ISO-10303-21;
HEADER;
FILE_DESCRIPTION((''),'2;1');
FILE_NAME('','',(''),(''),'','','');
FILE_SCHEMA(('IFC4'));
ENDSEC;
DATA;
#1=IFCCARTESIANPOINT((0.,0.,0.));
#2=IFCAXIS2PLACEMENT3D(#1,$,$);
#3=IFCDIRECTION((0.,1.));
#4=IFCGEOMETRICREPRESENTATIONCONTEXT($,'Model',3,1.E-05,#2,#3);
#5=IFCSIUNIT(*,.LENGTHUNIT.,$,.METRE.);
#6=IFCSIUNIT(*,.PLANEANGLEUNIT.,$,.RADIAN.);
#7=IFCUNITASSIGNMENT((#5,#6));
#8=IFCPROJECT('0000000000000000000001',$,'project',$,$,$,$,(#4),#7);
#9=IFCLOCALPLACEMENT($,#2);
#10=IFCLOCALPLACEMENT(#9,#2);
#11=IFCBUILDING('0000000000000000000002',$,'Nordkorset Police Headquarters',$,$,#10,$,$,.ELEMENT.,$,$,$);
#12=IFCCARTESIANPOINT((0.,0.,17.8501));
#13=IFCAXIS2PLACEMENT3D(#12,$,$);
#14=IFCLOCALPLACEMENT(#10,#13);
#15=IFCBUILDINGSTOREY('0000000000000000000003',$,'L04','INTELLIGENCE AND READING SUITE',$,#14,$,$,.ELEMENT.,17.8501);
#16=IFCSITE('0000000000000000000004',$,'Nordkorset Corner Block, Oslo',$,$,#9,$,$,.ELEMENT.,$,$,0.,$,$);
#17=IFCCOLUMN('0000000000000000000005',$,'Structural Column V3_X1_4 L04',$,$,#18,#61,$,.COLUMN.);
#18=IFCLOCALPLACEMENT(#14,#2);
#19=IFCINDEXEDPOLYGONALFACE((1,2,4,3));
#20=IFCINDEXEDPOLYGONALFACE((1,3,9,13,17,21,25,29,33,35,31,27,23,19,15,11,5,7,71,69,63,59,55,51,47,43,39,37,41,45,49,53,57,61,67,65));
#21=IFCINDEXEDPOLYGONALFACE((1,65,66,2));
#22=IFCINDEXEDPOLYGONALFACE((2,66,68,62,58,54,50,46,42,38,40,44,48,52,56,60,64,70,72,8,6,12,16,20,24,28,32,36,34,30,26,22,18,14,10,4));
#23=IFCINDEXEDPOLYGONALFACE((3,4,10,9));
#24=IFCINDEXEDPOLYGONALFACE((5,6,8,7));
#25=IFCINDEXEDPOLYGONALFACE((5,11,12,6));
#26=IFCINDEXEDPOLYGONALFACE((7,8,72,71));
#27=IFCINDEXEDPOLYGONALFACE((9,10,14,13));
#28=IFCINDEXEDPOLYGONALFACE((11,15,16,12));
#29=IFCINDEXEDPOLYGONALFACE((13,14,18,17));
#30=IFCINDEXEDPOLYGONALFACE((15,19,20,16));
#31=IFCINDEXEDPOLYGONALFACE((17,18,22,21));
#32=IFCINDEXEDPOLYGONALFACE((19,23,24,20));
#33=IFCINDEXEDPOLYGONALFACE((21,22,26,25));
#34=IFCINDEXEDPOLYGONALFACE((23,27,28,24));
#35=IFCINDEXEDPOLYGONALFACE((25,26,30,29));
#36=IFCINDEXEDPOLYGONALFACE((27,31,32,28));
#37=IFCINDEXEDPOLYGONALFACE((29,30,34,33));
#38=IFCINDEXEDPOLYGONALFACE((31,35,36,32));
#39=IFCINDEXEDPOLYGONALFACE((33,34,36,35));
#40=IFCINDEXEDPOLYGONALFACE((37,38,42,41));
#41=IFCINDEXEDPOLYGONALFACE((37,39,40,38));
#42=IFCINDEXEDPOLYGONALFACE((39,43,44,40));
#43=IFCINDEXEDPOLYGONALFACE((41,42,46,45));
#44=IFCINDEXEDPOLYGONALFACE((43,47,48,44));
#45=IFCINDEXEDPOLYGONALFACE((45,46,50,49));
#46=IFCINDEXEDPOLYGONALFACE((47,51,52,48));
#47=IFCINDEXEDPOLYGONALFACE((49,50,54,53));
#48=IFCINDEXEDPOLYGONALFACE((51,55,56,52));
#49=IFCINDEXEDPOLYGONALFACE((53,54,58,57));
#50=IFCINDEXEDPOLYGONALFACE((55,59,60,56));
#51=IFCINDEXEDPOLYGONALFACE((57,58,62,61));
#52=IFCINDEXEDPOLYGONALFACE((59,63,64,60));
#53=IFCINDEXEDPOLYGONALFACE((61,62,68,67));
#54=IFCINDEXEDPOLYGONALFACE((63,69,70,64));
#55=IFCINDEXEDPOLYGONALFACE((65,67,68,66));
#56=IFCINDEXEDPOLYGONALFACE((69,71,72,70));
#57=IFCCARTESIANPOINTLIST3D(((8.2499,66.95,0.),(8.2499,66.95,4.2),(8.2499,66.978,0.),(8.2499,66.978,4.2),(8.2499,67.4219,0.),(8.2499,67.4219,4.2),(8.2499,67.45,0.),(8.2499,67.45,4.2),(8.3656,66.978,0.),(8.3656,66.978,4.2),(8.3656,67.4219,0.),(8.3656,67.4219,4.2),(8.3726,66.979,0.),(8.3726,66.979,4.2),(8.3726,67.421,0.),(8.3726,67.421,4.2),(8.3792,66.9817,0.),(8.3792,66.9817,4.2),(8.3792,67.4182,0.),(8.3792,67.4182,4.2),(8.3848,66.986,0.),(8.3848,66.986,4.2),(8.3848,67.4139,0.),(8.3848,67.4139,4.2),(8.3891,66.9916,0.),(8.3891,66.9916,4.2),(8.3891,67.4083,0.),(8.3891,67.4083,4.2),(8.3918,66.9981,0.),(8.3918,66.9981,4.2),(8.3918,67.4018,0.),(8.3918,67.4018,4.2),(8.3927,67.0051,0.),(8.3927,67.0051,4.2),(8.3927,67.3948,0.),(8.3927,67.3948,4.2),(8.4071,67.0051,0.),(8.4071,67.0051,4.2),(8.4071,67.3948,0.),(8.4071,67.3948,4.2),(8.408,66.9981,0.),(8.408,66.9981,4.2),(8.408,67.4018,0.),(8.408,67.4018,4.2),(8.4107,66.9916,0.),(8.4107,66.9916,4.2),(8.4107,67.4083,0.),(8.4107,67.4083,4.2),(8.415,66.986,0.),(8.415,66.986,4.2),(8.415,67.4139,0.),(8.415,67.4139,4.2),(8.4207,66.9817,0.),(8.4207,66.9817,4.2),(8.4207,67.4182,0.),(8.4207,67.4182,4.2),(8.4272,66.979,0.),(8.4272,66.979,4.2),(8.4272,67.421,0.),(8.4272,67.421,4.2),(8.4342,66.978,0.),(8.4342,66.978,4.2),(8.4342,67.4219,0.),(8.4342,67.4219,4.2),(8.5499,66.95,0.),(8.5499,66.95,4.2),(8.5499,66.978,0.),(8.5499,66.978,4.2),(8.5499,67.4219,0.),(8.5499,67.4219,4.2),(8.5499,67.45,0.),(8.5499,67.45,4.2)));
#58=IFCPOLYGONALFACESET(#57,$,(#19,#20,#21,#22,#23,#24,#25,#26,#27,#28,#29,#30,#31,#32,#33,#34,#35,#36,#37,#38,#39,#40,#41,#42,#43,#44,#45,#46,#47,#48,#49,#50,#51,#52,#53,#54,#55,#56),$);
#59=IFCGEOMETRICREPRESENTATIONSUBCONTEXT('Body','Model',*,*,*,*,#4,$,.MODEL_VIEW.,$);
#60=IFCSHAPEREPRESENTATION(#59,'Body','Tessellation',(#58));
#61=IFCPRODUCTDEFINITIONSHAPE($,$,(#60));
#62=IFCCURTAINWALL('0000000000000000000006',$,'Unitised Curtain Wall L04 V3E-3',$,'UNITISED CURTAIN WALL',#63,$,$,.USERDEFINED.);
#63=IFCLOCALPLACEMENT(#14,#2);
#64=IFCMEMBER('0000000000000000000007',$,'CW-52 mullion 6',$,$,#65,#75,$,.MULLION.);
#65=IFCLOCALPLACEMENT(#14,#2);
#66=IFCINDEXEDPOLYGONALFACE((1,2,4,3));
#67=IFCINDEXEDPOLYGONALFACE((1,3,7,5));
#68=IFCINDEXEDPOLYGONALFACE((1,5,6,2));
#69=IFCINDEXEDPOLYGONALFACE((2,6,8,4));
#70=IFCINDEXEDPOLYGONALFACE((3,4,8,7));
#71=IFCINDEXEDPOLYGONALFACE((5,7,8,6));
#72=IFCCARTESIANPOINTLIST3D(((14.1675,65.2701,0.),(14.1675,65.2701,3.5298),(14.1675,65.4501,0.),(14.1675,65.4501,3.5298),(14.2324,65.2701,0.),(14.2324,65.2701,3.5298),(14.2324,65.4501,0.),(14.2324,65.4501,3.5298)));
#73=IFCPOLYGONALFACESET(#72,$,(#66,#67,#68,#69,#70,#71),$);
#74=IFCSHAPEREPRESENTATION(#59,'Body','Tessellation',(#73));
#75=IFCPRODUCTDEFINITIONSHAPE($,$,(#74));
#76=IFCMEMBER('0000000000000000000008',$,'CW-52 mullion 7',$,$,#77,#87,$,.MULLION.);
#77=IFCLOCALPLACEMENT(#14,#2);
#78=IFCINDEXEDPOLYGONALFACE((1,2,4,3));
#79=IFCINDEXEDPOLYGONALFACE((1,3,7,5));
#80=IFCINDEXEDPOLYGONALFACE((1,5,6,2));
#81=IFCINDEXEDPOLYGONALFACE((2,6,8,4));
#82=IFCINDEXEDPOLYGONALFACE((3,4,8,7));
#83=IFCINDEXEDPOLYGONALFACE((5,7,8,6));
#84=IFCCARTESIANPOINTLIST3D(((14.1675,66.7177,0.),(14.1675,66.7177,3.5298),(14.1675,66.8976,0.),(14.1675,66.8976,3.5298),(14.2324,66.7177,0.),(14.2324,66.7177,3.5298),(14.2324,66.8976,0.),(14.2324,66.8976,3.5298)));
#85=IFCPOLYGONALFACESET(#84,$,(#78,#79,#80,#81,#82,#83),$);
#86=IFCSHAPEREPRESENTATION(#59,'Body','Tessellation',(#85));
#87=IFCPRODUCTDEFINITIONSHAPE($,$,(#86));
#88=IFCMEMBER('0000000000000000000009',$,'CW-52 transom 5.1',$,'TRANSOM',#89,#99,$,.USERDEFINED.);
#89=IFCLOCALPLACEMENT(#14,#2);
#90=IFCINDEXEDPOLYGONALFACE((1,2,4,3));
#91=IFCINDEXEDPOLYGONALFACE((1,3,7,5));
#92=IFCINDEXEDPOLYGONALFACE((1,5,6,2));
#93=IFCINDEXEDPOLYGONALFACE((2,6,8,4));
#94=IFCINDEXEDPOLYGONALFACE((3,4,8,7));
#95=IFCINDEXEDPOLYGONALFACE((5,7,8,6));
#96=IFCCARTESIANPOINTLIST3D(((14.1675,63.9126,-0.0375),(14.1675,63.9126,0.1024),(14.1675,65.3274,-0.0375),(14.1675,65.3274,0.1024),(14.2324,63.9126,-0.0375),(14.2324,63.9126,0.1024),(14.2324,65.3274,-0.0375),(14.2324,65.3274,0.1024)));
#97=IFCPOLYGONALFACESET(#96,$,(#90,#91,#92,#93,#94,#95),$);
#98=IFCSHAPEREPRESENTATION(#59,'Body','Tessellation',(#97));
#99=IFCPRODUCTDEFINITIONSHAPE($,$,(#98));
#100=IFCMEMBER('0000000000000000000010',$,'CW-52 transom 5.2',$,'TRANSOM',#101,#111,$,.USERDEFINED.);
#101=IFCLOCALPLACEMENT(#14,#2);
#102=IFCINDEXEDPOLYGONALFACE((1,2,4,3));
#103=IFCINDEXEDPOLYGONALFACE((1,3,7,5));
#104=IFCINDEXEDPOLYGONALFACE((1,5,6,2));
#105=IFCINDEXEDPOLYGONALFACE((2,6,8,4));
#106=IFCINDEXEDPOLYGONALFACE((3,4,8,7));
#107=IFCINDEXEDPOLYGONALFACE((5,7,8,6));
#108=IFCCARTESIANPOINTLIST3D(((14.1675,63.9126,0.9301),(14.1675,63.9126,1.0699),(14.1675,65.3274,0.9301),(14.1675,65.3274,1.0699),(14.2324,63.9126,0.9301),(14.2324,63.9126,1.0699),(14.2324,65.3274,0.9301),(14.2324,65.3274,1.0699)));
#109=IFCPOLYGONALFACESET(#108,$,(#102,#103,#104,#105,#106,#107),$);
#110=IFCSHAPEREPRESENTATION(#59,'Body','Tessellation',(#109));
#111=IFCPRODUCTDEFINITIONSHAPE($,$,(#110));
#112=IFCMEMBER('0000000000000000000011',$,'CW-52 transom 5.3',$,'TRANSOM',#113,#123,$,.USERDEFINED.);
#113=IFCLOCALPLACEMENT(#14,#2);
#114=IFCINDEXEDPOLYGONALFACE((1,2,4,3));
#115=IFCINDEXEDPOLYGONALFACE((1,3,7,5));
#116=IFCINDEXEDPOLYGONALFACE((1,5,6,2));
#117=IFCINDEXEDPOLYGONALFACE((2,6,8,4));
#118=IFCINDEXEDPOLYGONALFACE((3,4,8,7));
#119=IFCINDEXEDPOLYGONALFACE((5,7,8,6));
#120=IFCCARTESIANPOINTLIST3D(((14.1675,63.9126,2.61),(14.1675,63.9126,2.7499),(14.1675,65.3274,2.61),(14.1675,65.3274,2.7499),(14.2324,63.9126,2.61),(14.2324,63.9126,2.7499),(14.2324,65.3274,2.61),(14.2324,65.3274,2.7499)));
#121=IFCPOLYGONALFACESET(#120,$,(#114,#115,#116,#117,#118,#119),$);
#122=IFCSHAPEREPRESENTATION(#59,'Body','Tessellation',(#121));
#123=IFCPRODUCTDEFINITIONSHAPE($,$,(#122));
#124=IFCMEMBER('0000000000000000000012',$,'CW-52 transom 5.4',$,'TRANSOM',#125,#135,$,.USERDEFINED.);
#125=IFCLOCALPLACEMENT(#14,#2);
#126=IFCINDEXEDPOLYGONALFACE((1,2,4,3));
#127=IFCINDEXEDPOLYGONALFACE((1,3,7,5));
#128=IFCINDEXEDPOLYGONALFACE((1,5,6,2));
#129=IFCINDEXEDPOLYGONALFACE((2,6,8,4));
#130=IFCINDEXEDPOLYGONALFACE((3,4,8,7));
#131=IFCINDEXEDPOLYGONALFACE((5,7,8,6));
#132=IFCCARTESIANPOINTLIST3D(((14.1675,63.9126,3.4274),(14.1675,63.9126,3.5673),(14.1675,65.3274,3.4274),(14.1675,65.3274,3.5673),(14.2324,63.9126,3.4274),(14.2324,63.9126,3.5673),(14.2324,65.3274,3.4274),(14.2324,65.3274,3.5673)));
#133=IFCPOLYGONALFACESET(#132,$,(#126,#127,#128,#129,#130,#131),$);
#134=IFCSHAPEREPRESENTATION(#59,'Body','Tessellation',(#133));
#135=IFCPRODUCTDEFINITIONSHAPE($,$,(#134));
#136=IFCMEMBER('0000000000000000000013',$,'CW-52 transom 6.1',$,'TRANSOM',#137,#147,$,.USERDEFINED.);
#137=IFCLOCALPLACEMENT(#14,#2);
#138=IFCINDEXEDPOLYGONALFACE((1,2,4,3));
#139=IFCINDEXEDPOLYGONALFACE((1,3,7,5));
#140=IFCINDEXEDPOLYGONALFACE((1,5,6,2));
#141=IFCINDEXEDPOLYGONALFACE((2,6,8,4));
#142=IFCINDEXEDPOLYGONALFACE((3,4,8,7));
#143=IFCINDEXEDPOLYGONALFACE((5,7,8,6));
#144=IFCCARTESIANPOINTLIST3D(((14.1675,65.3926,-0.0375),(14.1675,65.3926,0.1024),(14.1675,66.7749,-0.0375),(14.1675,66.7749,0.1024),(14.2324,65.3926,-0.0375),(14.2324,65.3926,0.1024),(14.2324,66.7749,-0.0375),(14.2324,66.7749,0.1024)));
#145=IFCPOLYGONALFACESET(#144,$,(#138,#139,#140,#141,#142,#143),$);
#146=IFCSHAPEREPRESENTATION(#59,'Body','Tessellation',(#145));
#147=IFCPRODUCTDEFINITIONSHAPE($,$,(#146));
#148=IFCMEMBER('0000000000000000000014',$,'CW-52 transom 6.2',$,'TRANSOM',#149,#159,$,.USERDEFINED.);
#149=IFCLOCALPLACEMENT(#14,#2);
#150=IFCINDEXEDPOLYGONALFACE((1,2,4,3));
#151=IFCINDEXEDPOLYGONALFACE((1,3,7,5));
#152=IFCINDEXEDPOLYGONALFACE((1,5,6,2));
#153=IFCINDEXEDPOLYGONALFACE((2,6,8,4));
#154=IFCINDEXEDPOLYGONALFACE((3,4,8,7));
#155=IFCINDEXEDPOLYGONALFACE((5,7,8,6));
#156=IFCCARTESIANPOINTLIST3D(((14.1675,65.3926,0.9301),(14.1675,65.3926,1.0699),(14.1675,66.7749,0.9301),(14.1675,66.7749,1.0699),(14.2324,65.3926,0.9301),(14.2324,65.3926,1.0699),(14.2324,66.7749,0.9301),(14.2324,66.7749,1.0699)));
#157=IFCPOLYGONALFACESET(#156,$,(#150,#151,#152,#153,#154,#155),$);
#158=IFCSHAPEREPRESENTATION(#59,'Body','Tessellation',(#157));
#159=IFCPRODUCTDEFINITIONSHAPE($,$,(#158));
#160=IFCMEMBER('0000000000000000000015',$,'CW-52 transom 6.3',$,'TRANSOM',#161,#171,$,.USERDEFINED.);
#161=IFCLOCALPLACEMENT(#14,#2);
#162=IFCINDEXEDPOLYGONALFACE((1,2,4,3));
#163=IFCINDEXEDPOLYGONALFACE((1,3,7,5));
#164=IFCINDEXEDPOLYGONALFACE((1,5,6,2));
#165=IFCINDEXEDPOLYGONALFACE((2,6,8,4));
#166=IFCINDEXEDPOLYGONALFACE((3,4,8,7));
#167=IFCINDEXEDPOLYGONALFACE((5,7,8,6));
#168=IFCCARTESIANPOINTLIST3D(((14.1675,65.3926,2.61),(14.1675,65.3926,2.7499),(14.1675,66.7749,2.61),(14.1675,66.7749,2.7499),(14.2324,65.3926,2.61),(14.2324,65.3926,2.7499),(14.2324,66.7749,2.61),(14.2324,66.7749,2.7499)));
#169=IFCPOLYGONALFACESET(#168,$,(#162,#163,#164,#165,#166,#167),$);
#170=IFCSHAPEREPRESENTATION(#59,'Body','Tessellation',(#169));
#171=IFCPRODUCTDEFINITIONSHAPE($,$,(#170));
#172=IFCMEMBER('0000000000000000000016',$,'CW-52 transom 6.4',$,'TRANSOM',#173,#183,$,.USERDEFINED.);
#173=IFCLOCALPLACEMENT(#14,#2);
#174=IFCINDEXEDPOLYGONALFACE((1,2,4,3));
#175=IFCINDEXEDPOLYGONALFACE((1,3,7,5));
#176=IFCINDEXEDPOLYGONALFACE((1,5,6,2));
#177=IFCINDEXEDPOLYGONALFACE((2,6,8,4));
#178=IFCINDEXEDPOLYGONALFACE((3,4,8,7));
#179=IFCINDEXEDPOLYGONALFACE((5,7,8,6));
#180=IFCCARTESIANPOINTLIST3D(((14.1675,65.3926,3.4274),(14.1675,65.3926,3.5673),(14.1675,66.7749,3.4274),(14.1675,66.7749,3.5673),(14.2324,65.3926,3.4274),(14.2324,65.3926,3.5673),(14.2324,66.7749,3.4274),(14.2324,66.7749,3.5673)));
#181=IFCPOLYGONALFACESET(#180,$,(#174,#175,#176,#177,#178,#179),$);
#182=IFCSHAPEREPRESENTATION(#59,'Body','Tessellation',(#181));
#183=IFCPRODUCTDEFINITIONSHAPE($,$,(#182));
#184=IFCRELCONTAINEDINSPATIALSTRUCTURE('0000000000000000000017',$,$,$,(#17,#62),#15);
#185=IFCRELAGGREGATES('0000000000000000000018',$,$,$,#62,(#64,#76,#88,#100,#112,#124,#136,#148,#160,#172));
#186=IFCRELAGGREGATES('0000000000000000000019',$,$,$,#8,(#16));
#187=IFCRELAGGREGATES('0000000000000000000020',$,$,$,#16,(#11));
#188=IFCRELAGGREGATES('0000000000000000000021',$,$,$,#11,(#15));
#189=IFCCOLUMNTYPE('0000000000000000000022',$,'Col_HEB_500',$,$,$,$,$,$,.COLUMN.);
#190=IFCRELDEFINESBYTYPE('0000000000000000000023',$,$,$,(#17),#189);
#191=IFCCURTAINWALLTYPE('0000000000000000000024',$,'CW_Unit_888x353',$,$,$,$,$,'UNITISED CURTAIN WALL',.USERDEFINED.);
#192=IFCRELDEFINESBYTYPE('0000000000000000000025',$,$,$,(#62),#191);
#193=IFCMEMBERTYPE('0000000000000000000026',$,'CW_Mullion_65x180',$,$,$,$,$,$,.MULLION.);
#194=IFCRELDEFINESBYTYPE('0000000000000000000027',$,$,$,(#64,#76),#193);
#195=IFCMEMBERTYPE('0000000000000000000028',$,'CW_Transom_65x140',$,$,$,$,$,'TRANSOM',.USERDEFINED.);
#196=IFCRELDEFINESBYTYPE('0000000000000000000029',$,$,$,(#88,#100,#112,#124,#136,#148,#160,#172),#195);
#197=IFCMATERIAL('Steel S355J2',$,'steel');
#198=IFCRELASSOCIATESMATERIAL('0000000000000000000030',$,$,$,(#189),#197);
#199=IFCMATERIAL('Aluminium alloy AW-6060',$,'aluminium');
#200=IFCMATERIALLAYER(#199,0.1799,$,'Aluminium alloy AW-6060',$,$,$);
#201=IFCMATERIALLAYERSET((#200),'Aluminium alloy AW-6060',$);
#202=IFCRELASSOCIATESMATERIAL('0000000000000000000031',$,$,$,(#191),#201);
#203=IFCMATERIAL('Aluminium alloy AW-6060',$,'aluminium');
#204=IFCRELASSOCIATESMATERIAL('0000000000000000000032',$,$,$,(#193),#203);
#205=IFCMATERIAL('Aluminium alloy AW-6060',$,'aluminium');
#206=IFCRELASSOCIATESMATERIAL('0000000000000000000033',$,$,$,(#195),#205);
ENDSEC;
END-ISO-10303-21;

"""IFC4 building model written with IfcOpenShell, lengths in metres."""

from ifc_helpers import new_model, si_unit, direction, frame, origin, origin_2d, place, context, subcontext, project, spatial, rectangle, i_section, extrude, material, layer, layer_set, material_profile, profile_set, type_object, element, aggregate, save


model = new_model("IFC4")

# Units and contexts
model_context = context("Model", 3, precision=1e-05, world=origin(), true_north=direction((0.0, 1.0)))
body_context = subcontext(model_context, "Body", "Model", "MODEL_VIEW")
ifc_project = project(units=[si_unit("LENGTHUNIT", "METRE"), si_unit("PLANEANGLEUNIT", "RADIAN")], contexts=[model_context])

# Site, building, storey
site_placement = place(None, origin())
site = spatial("IfcSite", under=ifc_project, at=site_placement, Name="Nordkorset Corner Block, Oslo", CompositionType="ELEMENT", RefElevation=0.0)
building_placement = place(site_placement, origin())
building = spatial("IfcBuilding", under=site, at=building_placement, Name="Nordkorset Police Headquarters", CompositionType="ELEMENT")
storey_placement = place(building_placement, frame((0.0, 0.0, 17.8501)))
storey = spatial("IfcBuildingStorey", under=building, at=storey_placement, Name="L04", Description="INTELLIGENCE AND READING SUITE", CompositionType="ELEMENT", Elevation=17.8501)

# Column
ifc_material_1 = material(Name="Steel S355J2", Category="steel")
ifc_material_profile_1 = material_profile(ifc_material_1, i_section(OverallWidth=0.3, OverallDepth=0.5, WebThickness=0.0144, FlangeThickness=0.0281, FilletRadius=0.0271, at=origin_2d()), Name="HEB 500")
ifc_profile_set_1 = profile_set([ifc_material_profile_1], Name="Steel S355J2")
column_type = type_object("IfcColumnType", Name="Col_HEB_500", PredefinedType="COLUMN", material=ifc_profile_set_1)
column_placement = place(storey_placement, frame((8.3999, 67.2, 0.0), z_axis=(0.0, 0.0, 1.0), x_axis=(1.0, 0.0, 0.0)))
element("IfcColumn", 1, at=column_placement, inside=storey, type_object=column_type, Name="Structural Column V3_X1_4 L04", PredefinedType="COLUMN", context=body_context, shape_type="SweptSolid", body=[
    extrude(i_section(OverallWidth=0.3, OverallDepth=0.5, WebThickness=0.0144, FlangeThickness=0.0281, FilletRadius=0.0271, at=origin_2d()), origin(), (0.0, 0.0, 1.0), 4.2),
])

# Curtain wall, members
ifc_material_2 = material(Name="Aluminium alloy AW-6060", Category="aluminium")
ifc_layer_1 = layer(ifc_material_2, 0.1799, Name="Aluminium alloy AW-6060")
ifc_layer_set_1 = layer_set([ifc_layer_1], Name="Aluminium alloy AW-6060")
curtain_wall_type = type_object("IfcCurtainWallType", Name="CW_Unit_888x353", ElementType="UNITISED CURTAIN WALL", PredefinedType="USERDEFINED", material=ifc_layer_set_1)
curtain_wall_placement = place(storey_placement, origin())
curtain_wall = element("IfcCurtainWall", 2, at=curtain_wall_placement, inside=storey, type_object=curtain_wall_type, Name="Unitised Curtain Wall L04 V3E-3", ObjectType="UNITISED CURTAIN WALL", PredefinedType="USERDEFINED")
ifc_material_3 = material(Name="Aluminium alloy AW-6060", Category="aluminium")
ifc_material_profile_2 = material_profile(ifc_material_3, rectangle(XDim=0.0649, YDim=0.1799, at=origin_2d()), Name="ALU MULL 65x180")
ifc_profile_set_2 = profile_set([ifc_material_profile_2], Name="Aluminium alloy AW-6060")
member_type_1 = type_object("IfcMemberType", Name="CW_Mullion_65x180", PredefinedType="MULLION", material=ifc_profile_set_2)
member_1_placement = place(storey_placement, frame((14.2, 65.3601, 0.0), z_axis=(0.0, 0.0, 1.0), x_axis=(-1.0, 0.0, 0.0)))
member_1 = element("IfcMember", 3, at=member_1_placement, type_object=member_type_1, Name="CW-52 mullion 6", PredefinedType="MULLION", context=body_context, shape_type="SweptSolid", body=[
    extrude(rectangle(XDim=0.0649, YDim=0.1799, at=origin_2d()), origin(), (0.0, 0.0, 1.0), 3.5298),
])
member_2_placement = place(storey_placement, frame((14.2, 66.8076, 0.0), z_axis=(0.0, 0.0, 1.0), x_axis=(-1.0, 0.0, 0.0)))
member_2 = element("IfcMember", 4, at=member_2_placement, type_object=member_type_1, Name="CW-52 mullion 7", PredefinedType="MULLION", context=body_context, shape_type="SweptSolid", body=[
    extrude(rectangle(XDim=0.0649, YDim=0.1799, at=origin_2d()), origin(), (0.0, 0.0, 1.0), 3.5298),
])
ifc_material_4 = material(Name="Aluminium alloy AW-6060", Category="aluminium")
ifc_material_profile_3 = material_profile(ifc_material_4, rectangle(XDim=0.0649, YDim=0.1399, at=origin_2d()), Name="ALU TRAN 65x140")
ifc_profile_set_3 = profile_set([ifc_material_profile_3], Name="Aluminium alloy AW-6060")
member_type_2 = type_object("IfcMemberType", Name="CW_Transom_65x140", ElementType="TRANSOM", PredefinedType="USERDEFINED", material=ifc_profile_set_3)
member_3_placement = place(storey_placement, frame((14.2, 63.9126, 0.0325), z_axis=(0.0, 1.0, 0.0), x_axis=(-1.0, 0.0, 0.0)))
member_3 = element("IfcMember", 5, at=member_3_placement, type_object=member_type_2, Name="CW-52 transom 5.1", ObjectType="TRANSOM", PredefinedType="USERDEFINED", context=body_context, shape_type="SweptSolid", body=[
    extrude(rectangle(XDim=0.0649, YDim=0.1399, at=origin_2d()), origin(), (0.0, 0.0, 1.0), 1.4148),
])
member_4_placement = place(storey_placement, frame((14.2, 63.9126, 1.0), z_axis=(0.0, 1.0, 0.0), x_axis=(-1.0, 0.0, 0.0)))
member_4 = element("IfcMember", 6, at=member_4_placement, type_object=member_type_2, Name="CW-52 transom 5.2", ObjectType="TRANSOM", PredefinedType="USERDEFINED", context=body_context, shape_type="SweptSolid", body=[
    extrude(rectangle(XDim=0.0649, YDim=0.1399, at=origin_2d()), origin(), (0.0, 0.0, 1.0), 1.4148),
])
member_5_placement = place(storey_placement, frame((14.2, 63.9126, 2.6799), z_axis=(0.0, 1.0, 0.0), x_axis=(-1.0, 0.0, 0.0)))
member_5 = element("IfcMember", 7, at=member_5_placement, type_object=member_type_2, Name="CW-52 transom 5.3", ObjectType="TRANSOM", PredefinedType="USERDEFINED", context=body_context, shape_type="SweptSolid", body=[
    extrude(rectangle(XDim=0.0649, YDim=0.1399, at=origin_2d()), origin(), (0.0, 0.0, 1.0), 1.4148),
])
member_6_placement = place(storey_placement, frame((14.2, 63.9126, 3.4973), z_axis=(0.0, 1.0, 0.0), x_axis=(-1.0, 0.0, 0.0)))
member_6 = element("IfcMember", 8, at=member_6_placement, type_object=member_type_2, Name="CW-52 transom 5.4", ObjectType="TRANSOM", PredefinedType="USERDEFINED", context=body_context, shape_type="SweptSolid", body=[
    extrude(rectangle(XDim=0.0649, YDim=0.1399, at=origin_2d()), origin(), (0.0, 0.0, 1.0), 1.4148),
])
member_7_placement = place(storey_placement, frame((14.2, 65.3926, 0.0325), z_axis=(0.0, 1.0, 0.0), x_axis=(-1.0, 0.0, 0.0)))
member_7 = element("IfcMember", 9, at=member_7_placement, type_object=member_type_2, Name="CW-52 transom 6.1", ObjectType="TRANSOM", PredefinedType="USERDEFINED", context=body_context, shape_type="SweptSolid", body=[
    extrude(rectangle(XDim=0.0649, YDim=0.1399, at=origin_2d()), origin(), (0.0, 0.0, 1.0), 1.3823),
])
member_8_placement = place(storey_placement, frame((14.2, 65.3926, 1.0), z_axis=(0.0, 1.0, 0.0), x_axis=(-1.0, 0.0, 0.0)))
member_8 = element("IfcMember", 10, at=member_8_placement, type_object=member_type_2, Name="CW-52 transom 6.2", ObjectType="TRANSOM", PredefinedType="USERDEFINED", context=body_context, shape_type="SweptSolid", body=[
    extrude(rectangle(XDim=0.0649, YDim=0.1399, at=origin_2d()), origin(), (0.0, 0.0, 1.0), 1.3823),
])
member_9_placement = place(storey_placement, frame((14.2, 65.3926, 2.6799), z_axis=(0.0, 1.0, 0.0), x_axis=(-1.0, 0.0, 0.0)))
member_9 = element("IfcMember", 11, at=member_9_placement, type_object=member_type_2, Name="CW-52 transom 6.3", ObjectType="TRANSOM", PredefinedType="USERDEFINED", context=body_context, shape_type="SweptSolid", body=[
    extrude(rectangle(XDim=0.0649, YDim=0.1399, at=origin_2d()), origin(), (0.0, 0.0, 1.0), 1.3823),
])
member_10_placement = place(storey_placement, frame((14.2, 65.3926, 3.4973), z_axis=(0.0, 1.0, 0.0), x_axis=(-1.0, 0.0, 0.0)))
member_10 = element("IfcMember", 12, at=member_10_placement, type_object=member_type_2, Name="CW-52 transom 6.4", ObjectType="TRANSOM", PredefinedType="USERDEFINED", context=body_context, shape_type="SweptSolid", body=[
    extrude(rectangle(XDim=0.0649, YDim=0.1399, at=origin_2d()), origin(), (0.0, 0.0, 1.0), 1.3823),
])

aggregate(curtain_wall, [member_1, member_2, member_3, member_4, member_5, member_6, member_7, member_8, member_9, member_10])

save(model, "model.ifc")
